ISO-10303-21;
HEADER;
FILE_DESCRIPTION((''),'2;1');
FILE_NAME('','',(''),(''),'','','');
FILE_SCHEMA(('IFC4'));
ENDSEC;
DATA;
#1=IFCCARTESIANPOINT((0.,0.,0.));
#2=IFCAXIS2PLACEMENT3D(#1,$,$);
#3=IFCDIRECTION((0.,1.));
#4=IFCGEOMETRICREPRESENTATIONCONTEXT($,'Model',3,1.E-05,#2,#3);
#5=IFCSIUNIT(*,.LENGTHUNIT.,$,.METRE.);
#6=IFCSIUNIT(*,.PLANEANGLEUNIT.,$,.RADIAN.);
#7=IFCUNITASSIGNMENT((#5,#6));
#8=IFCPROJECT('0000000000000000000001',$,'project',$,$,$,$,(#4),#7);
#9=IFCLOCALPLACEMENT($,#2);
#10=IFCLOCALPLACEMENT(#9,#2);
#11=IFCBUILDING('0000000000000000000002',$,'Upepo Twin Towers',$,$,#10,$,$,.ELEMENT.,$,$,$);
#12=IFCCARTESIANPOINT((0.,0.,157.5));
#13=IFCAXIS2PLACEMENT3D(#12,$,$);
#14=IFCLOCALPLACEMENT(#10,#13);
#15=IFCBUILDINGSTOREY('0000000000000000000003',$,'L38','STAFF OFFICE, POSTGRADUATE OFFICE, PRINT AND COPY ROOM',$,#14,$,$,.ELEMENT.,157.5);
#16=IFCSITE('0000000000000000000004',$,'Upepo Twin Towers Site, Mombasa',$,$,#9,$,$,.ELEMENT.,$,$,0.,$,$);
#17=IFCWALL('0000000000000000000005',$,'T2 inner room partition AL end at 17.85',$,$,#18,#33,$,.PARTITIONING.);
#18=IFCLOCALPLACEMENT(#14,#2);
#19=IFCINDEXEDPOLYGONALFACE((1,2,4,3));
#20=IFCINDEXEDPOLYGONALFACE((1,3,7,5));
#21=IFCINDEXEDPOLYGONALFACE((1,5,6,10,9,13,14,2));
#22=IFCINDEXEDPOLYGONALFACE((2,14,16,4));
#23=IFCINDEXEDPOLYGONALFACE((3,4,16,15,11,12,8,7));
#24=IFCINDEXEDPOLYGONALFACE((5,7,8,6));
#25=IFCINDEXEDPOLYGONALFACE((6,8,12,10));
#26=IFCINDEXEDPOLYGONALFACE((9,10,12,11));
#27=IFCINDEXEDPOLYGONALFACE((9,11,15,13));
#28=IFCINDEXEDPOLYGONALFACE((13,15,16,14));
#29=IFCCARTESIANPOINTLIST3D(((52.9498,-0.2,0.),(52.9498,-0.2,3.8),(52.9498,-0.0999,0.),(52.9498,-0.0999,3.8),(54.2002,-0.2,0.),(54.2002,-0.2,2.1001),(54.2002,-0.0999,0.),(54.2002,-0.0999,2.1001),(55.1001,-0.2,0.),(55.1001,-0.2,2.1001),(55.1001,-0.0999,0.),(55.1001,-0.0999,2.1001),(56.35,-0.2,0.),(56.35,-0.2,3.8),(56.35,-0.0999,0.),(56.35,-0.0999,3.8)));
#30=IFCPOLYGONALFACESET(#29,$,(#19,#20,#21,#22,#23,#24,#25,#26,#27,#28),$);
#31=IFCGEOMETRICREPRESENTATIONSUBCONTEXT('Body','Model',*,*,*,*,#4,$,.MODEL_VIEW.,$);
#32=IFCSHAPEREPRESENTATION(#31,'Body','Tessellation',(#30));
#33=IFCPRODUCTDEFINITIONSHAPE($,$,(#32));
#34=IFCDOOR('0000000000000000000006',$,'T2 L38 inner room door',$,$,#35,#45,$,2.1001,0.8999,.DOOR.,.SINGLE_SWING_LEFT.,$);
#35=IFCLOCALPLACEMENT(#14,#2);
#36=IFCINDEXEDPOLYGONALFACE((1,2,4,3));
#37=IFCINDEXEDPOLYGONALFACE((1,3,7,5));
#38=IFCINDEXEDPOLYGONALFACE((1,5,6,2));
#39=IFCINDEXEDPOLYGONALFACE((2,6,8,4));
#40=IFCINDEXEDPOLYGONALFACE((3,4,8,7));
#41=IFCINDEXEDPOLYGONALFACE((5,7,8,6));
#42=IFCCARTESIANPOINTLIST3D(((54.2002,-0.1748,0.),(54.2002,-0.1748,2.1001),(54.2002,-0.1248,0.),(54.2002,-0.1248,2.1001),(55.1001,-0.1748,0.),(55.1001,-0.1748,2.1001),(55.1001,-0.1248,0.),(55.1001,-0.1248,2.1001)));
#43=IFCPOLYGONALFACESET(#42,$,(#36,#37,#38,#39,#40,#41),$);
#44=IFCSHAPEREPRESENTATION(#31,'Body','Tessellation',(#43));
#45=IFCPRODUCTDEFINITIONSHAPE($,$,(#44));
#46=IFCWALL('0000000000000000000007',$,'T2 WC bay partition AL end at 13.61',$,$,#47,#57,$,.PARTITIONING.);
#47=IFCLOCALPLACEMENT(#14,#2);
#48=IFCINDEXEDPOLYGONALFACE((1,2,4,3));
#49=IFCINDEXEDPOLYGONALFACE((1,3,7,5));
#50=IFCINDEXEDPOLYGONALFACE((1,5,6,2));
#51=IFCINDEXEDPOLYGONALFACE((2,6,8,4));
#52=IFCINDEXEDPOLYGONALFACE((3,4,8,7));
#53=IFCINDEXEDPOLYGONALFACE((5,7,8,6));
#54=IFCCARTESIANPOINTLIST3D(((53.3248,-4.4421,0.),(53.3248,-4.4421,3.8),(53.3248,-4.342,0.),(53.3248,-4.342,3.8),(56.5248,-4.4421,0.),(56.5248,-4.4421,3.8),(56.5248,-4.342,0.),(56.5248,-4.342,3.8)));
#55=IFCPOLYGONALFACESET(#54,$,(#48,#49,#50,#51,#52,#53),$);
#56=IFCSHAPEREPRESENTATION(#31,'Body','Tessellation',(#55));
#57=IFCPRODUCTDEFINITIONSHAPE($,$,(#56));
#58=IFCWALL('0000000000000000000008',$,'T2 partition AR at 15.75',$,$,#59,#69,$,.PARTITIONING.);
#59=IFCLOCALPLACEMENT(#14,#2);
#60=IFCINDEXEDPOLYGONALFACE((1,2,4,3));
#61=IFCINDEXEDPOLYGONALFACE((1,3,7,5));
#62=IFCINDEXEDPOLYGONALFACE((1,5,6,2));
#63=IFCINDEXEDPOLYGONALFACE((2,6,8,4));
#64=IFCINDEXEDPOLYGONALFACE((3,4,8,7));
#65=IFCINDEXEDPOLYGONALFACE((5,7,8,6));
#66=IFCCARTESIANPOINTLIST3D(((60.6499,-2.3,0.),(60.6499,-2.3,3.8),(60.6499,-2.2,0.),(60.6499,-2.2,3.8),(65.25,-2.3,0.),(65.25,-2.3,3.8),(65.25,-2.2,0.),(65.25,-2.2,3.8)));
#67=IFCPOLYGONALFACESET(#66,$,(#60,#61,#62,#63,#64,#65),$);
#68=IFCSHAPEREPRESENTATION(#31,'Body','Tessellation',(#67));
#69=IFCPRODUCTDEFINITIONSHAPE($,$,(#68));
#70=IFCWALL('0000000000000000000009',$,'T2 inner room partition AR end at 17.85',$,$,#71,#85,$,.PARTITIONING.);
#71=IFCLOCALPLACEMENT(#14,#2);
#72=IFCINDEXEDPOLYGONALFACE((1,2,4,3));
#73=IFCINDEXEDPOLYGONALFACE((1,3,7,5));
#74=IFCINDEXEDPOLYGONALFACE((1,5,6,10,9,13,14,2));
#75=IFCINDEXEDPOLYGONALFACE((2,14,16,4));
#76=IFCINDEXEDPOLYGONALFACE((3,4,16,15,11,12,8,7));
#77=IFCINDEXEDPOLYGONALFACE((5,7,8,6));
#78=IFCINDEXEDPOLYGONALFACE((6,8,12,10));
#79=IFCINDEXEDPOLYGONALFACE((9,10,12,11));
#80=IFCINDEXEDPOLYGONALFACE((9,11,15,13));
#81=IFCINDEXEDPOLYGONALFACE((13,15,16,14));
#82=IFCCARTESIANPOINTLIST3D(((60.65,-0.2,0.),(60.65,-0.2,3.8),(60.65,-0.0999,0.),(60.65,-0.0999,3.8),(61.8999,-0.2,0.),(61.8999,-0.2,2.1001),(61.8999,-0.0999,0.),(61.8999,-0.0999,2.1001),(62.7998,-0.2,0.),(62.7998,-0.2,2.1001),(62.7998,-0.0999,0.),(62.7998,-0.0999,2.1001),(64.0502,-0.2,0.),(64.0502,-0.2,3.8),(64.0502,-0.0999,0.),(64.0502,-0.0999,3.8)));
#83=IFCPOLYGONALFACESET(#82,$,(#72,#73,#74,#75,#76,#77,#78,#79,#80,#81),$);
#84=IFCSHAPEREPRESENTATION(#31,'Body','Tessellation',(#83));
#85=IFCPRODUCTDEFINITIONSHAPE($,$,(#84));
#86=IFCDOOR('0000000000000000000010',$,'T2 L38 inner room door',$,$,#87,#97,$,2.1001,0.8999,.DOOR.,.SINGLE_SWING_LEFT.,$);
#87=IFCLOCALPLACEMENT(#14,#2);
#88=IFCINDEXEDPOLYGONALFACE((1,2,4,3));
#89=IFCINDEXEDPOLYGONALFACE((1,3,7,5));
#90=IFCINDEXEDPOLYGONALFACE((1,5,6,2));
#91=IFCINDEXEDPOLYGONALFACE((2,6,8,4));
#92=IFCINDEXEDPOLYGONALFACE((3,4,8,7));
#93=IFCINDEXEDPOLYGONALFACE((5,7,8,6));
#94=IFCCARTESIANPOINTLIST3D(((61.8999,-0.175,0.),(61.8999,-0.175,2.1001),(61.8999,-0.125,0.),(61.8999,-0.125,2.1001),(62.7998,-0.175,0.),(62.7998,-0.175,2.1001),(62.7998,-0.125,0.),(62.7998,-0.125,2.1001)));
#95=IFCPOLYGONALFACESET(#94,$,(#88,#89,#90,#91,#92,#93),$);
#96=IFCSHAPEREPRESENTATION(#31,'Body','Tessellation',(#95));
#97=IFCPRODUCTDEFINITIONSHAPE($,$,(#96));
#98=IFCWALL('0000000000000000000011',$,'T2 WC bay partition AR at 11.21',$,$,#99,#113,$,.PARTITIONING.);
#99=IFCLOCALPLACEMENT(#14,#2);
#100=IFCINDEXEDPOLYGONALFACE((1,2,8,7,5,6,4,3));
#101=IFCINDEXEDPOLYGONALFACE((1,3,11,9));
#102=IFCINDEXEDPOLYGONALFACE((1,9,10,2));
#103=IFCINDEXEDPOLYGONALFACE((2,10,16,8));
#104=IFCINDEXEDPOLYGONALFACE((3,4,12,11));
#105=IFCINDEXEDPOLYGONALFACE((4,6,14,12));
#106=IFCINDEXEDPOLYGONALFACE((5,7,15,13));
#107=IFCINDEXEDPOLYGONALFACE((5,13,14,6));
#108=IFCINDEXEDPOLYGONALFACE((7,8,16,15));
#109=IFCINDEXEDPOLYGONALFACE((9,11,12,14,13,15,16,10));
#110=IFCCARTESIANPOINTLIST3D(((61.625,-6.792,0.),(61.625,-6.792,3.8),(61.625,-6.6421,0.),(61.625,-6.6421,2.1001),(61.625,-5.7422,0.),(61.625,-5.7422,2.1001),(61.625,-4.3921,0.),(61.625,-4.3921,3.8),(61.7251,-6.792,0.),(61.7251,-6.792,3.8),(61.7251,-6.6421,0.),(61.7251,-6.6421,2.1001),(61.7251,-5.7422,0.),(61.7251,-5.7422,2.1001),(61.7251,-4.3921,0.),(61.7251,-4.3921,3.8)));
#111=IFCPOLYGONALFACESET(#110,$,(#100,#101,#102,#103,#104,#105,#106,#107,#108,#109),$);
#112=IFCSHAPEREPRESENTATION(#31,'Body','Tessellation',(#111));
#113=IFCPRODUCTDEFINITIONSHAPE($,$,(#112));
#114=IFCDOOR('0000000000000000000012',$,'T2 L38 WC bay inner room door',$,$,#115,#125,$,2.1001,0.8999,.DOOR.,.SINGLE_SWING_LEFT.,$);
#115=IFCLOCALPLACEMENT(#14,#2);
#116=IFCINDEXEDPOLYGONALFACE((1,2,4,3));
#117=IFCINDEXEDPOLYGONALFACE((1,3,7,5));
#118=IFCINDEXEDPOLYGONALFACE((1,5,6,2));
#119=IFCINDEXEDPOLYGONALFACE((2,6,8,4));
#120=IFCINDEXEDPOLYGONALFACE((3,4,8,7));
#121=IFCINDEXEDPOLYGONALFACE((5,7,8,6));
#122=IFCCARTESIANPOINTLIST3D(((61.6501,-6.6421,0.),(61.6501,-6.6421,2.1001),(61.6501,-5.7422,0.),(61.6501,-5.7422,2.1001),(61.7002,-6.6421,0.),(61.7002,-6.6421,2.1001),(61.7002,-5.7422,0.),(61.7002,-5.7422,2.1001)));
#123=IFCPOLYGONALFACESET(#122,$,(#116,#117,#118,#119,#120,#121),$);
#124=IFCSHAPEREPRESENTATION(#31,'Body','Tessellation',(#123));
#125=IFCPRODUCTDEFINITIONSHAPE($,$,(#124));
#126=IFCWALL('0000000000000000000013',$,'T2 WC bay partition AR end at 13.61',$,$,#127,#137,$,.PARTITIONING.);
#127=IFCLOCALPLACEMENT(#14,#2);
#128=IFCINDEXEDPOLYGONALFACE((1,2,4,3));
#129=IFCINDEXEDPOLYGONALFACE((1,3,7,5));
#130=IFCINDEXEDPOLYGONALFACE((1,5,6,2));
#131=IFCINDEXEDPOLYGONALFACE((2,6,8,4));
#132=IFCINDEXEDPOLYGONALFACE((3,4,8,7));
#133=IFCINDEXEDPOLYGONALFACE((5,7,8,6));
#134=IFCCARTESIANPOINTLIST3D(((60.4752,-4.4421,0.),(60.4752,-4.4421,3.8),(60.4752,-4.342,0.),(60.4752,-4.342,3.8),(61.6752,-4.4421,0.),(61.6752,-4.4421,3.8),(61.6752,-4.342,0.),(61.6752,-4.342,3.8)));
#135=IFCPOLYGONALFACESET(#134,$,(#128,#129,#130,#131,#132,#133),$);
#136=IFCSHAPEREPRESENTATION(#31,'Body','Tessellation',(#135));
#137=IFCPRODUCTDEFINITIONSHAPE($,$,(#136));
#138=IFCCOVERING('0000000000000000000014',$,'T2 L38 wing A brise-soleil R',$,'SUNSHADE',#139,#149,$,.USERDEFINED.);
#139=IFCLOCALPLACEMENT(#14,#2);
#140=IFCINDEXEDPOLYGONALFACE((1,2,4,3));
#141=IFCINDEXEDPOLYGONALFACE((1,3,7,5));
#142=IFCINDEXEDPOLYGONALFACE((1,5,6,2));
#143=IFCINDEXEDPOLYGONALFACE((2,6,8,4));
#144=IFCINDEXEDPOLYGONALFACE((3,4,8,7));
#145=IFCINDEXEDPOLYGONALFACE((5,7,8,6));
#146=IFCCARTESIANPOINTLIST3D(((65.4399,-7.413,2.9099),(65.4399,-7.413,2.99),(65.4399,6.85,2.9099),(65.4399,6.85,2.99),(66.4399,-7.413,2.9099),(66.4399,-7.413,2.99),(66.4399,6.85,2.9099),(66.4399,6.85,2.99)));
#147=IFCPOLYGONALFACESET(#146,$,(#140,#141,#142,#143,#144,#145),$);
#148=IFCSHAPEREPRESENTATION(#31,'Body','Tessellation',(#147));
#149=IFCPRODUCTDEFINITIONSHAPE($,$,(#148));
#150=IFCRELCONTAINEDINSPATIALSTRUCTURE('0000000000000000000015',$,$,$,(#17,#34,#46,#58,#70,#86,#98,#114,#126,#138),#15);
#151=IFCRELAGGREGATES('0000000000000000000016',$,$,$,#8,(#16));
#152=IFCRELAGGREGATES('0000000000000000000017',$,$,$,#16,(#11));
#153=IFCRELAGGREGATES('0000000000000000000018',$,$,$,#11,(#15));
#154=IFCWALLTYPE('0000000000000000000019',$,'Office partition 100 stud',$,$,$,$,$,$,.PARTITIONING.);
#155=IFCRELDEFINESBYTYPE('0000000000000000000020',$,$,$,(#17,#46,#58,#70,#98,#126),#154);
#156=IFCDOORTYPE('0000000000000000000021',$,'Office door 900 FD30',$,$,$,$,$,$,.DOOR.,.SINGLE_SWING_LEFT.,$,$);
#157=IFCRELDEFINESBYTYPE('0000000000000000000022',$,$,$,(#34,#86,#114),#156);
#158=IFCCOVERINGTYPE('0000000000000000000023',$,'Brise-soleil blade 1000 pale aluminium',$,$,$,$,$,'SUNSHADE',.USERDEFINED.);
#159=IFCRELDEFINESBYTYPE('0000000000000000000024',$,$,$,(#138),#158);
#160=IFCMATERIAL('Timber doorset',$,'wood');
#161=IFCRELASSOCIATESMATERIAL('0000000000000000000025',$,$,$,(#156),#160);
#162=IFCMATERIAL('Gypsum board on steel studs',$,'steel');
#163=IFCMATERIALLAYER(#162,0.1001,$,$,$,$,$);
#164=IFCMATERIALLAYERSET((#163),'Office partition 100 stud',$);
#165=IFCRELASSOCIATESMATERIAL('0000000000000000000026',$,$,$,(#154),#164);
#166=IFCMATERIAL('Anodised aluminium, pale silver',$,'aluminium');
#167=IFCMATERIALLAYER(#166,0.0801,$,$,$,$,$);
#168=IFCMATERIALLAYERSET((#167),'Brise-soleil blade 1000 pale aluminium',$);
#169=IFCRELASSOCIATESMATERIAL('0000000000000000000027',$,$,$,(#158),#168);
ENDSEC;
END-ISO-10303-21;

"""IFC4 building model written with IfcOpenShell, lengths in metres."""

from ifc_helpers import new_model, si_unit, direction, frame, frame_2d, origin, origin_2d, place, context, subcontext, project, spatial, rectangle, extrude, material, layer, layer_set, type_object, element, fill, save


model = new_model("IFC4")

# Units and contexts
model_context = context("Model", 3, precision=1e-05, world=origin(), true_north=direction((0.0, 1.0)))
body_context = subcontext(model_context, "Body", "Model", "MODEL_VIEW")
ifc_project = project(units=[si_unit("LENGTHUNIT", "METRE"), si_unit("PLANEANGLEUNIT", "RADIAN")], contexts=[model_context])

# Site, building, storey
site_placement = place(None, origin())
site = spatial("IfcSite", under=ifc_project, at=site_placement, Name="Upepo Twin Towers Site, Mombasa", CompositionType="ELEMENT", RefElevation=0.0)
building_placement = place(site_placement, origin())
building = spatial("IfcBuilding", under=site, at=building_placement, Name="Upepo Twin Towers", CompositionType="ELEMENT")
storey_placement = place(building_placement, frame((0.0, 0.0, 157.5)))
storey = spatial("IfcBuildingStorey", under=building, at=storey_placement, Name="L38", Description="STAFF OFFICE, POSTGRADUATE OFFICE, PRINT AND COPY ROOM", CompositionType="ELEMENT", Elevation=157.5)

# Shared definitions
ifc_material_1 = material(Name="Timber doorset", Category="wood")
door_type_1 = type_object("IfcDoorType", Name="Office door 900 FD30", OperationType="SINGLE_SWING_LEFT", PredefinedType="DOOR", material=ifc_material_1)

# Wall, opening, door
ifc_material_2 = material(Name="Gypsum board on steel studs", Category="steel")
ifc_layer_1 = layer(ifc_material_2, 0.1001)
ifc_layer_set_1 = layer_set([ifc_layer_1], Name="Office partition 100 stud")
wall_type_1 = type_object("IfcWallType", Name="Office partition 100 stud", PredefinedType="PARTITIONING", material=ifc_layer_set_1)
wall_1_placement = place(storey_placement, frame((56.3501, -0.1499, 0.0), z_axis=(0.0, 0.0, 1.0), x_axis=(-1.0, 0.0, 0.0)))
wall_1 = element("IfcWall", 1, at=wall_1_placement, inside=storey, type_object=wall_type_1, Name="T2 inner room partition AL end at 17.85", PredefinedType="PARTITIONING", context=body_context, shape_type="SweptSolid", body=[
    extrude(rectangle(XDim=3.4001, YDim=0.1001, at=frame_2d((1.7002, 0.0))), origin(), (0.0, 0.0, 1.0), 3.8),
])
opening_1_placement = place(wall_1_placement, frame((1.25, 0.0, 0.0)))
opening_1 = element("IfcOpeningElement", 2, at=opening_1_placement, cuts=wall_1, PredefinedType="OPENING", context=body_context, shape_type="SweptSolid", body=[
    extrude(rectangle(XDim=0.8999, YDim=2.1001, at=frame_2d((0.45, 1.05))), frame((0.0, 0.0601, 0.0), z_axis=(0.0, -1.0, 0.0), x_axis=(1.0, 0.0, 0.0)), (0.0, 0.0, 1.0), 0.1201),
])
door_1_placement = place(opening_1_placement, origin())
door_1 = element("IfcDoor", 3, at=door_1_placement, inside=storey, type_object=door_type_1, Name="T2 L38 inner room door", OperationType="SINGLE_SWING_LEFT", OverallHeight=2.1001, OverallWidth=0.8999, PredefinedType="DOOR", context=body_context, shape_type="SweptSolid", body=[
    extrude(rectangle(XDim=0.8999, YDim=2.1001, at=frame_2d((0.45, 1.05))), frame((0.0, 0.0249, 0.0), z_axis=(0.0, -1.0, 0.0), x_axis=(1.0, 0.0, 0.0)), (0.0, 0.0, 1.0), 0.05),
])
fill(opening_1, door_1)

# Walls
wall_2_placement = place(storey_placement, frame((56.5249, -4.3921, 0.0), z_axis=(0.0, 0.0, 1.0), x_axis=(-1.0, 0.0, 0.0)))
element("IfcWall", 4, at=wall_2_placement, inside=storey, type_object=wall_type_1, Name="T2 WC bay partition AL end at 13.61", PredefinedType="PARTITIONING", context=body_context, shape_type="SweptSolid", body=[
    extrude(rectangle(XDim=3.2, YDim=0.1001, at=frame_2d((1.6001, 0.0))), origin(), (0.0, 0.0, 1.0), 3.8),
])
wall_3_placement = place(storey_placement, frame((60.6499, -2.25, 0.0), z_axis=(0.0, 0.0, 1.0), x_axis=(1.0, 0.0, 0.0)))
element("IfcWall", 5, at=wall_3_placement, inside=storey, type_object=wall_type_1, Name="T2 partition AR at 15.75", PredefinedType="PARTITIONING", context=body_context, shape_type="SweptSolid", body=[
    extrude(rectangle(XDim=4.6001, YDim=0.1001, at=frame_2d((2.3, 0.0))), origin(), (0.0, 0.0, 1.0), 3.8),
])

# Walls, openings, doors
wall_4_placement = place(storey_placement, frame((60.6499, -0.1499, 0.0), z_axis=(0.0, 0.0, 1.0), x_axis=(1.0, 0.0, 0.0)))
wall_4 = element("IfcWall", 6, at=wall_4_placement, inside=storey, type_object=wall_type_1, Name="T2 inner room partition AR end at 17.85", PredefinedType="PARTITIONING", context=body_context, shape_type="SweptSolid", body=[
    extrude(rectangle(XDim=3.4001, YDim=0.1001, at=frame_2d((1.7002, 0.0))), origin(), (0.0, 0.0, 1.0), 3.8),
])
opening_2_placement = place(wall_4_placement, frame((1.25, 0.0, 0.0)))
opening_2 = element("IfcOpeningElement", 7, at=opening_2_placement, cuts=wall_4, PredefinedType="OPENING", context=body_context, shape_type="SweptSolid", body=[
    extrude(rectangle(XDim=0.8999, YDim=2.1001, at=frame_2d((0.45, 1.05))), frame((0.0, 0.0601, 0.0), z_axis=(0.0, -1.0, 0.0), x_axis=(1.0, 0.0, 0.0)), (0.0, 0.0, 1.0), 0.1201),
])
door_2_placement = place(opening_2_placement, origin())
door_2 = element("IfcDoor", 8, at=door_2_placement, inside=storey, type_object=door_type_1, Name="T2 L38 inner room door", OperationType="SINGLE_SWING_LEFT", OverallHeight=2.1001, OverallWidth=0.8999, PredefinedType="DOOR", context=body_context, shape_type="SweptSolid", body=[
    extrude(rectangle(XDim=0.8999, YDim=2.1001, at=frame_2d((0.45, 1.05))), frame((0.0, 0.0249, 0.0), z_axis=(0.0, -1.0, 0.0), x_axis=(1.0, 0.0, 0.0)), (0.0, 0.0, 1.0), 0.05),
])
fill(opening_2, door_2)
wall_5_placement = place(storey_placement, frame((61.675, -6.792, 0.0), z_axis=(0.0, 0.0, 1.0), x_axis=(0.0, 1.0, 0.0)))
wall_5 = element("IfcWall", 9, at=wall_5_placement, inside=storey, type_object=wall_type_1, Name="T2 WC bay partition AR at 11.21", PredefinedType="PARTITIONING", context=body_context, shape_type="SweptSolid", body=[
    extrude(rectangle(XDim=2.3999, YDim=0.1001, at=frame_2d((1.2, 0.0))), origin(), (0.0, 0.0, 1.0), 3.8),
])
opening_3_placement = place(wall_5_placement, frame((0.1499, 0.0, 0.0)))
opening_3 = element("IfcOpeningElement", 10, at=opening_3_placement, cuts=wall_5, PredefinedType="OPENING", context=body_context, shape_type="SweptSolid", body=[
    extrude(rectangle(XDim=0.8999, YDim=2.1001, at=frame_2d((0.45, 1.05))), frame((0.0, 0.0601, 0.0), z_axis=(0.0, -1.0, 0.0), x_axis=(1.0, 0.0, 0.0)), (0.0, 0.0, 1.0), 0.1201),
])
door_3_placement = place(opening_3_placement, origin())
door_3 = element("IfcDoor", 11, at=door_3_placement, inside=storey, type_object=door_type_1, Name="T2 L38 WC bay inner room door", OperationType="SINGLE_SWING_LEFT", OverallHeight=2.1001, OverallWidth=0.8999, PredefinedType="DOOR", context=body_context, shape_type="SweptSolid", body=[
    extrude(rectangle(XDim=0.8999, YDim=2.1001, at=frame_2d((0.45, 1.05))), frame((0.0, 0.0249, 0.0), z_axis=(0.0, -1.0, 0.0), x_axis=(1.0, 0.0, 0.0)), (0.0, 0.0, 1.0), 0.05),
])
fill(opening_3, door_3)

# Wall
wall_6_placement = place(storey_placement, frame((60.4751, -4.3921, 0.0), z_axis=(0.0, 0.0, 1.0), x_axis=(1.0, 0.0, 0.0)))
element("IfcWall", 12, at=wall_6_placement, inside=storey, type_object=wall_type_1, Name="T2 WC bay partition AR end at 13.61", PredefinedType="PARTITIONING", context=body_context, shape_type="SweptSolid", body=[
    extrude(rectangle(XDim=1.2, YDim=0.1001, at=frame_2d((0.6001, 0.0))), origin(), (0.0, 0.0, 1.0), 3.8),
])

# Covering
ifc_material_3 = material(Name="Anodised aluminium, pale silver", Category="aluminium")
ifc_layer_2 = layer(ifc_material_3, 0.0801)
ifc_layer_set_2 = layer_set([ifc_layer_2], Name="Brise-soleil blade 1000 pale aluminium")
covering_type = type_object("IfcCoveringType", Name="Brise-soleil blade 1000 pale aluminium", ElementType="SUNSHADE", PredefinedType="USERDEFINED", material=ifc_layer_set_2)
covering_placement = place(storey_placement, frame((65.9399, -0.2815, 2.9099), z_axis=(0.0, 0.0, 1.0), x_axis=(0.0, 1.0, 0.0)))
element("IfcCovering", 13, at=covering_placement, inside=storey, type_object=covering_type, Name="T2 L38 wing A brise-soleil R", ObjectType="SUNSHADE", PredefinedType="USERDEFINED", context=body_context, shape_type="SweptSolid", body=[
    extrude(rectangle(XDim=14.2629, YDim=1.0, at=origin_2d()), origin(), (0.0, 0.0, 1.0), 0.0801),
])

save(model, "model.ifc")
